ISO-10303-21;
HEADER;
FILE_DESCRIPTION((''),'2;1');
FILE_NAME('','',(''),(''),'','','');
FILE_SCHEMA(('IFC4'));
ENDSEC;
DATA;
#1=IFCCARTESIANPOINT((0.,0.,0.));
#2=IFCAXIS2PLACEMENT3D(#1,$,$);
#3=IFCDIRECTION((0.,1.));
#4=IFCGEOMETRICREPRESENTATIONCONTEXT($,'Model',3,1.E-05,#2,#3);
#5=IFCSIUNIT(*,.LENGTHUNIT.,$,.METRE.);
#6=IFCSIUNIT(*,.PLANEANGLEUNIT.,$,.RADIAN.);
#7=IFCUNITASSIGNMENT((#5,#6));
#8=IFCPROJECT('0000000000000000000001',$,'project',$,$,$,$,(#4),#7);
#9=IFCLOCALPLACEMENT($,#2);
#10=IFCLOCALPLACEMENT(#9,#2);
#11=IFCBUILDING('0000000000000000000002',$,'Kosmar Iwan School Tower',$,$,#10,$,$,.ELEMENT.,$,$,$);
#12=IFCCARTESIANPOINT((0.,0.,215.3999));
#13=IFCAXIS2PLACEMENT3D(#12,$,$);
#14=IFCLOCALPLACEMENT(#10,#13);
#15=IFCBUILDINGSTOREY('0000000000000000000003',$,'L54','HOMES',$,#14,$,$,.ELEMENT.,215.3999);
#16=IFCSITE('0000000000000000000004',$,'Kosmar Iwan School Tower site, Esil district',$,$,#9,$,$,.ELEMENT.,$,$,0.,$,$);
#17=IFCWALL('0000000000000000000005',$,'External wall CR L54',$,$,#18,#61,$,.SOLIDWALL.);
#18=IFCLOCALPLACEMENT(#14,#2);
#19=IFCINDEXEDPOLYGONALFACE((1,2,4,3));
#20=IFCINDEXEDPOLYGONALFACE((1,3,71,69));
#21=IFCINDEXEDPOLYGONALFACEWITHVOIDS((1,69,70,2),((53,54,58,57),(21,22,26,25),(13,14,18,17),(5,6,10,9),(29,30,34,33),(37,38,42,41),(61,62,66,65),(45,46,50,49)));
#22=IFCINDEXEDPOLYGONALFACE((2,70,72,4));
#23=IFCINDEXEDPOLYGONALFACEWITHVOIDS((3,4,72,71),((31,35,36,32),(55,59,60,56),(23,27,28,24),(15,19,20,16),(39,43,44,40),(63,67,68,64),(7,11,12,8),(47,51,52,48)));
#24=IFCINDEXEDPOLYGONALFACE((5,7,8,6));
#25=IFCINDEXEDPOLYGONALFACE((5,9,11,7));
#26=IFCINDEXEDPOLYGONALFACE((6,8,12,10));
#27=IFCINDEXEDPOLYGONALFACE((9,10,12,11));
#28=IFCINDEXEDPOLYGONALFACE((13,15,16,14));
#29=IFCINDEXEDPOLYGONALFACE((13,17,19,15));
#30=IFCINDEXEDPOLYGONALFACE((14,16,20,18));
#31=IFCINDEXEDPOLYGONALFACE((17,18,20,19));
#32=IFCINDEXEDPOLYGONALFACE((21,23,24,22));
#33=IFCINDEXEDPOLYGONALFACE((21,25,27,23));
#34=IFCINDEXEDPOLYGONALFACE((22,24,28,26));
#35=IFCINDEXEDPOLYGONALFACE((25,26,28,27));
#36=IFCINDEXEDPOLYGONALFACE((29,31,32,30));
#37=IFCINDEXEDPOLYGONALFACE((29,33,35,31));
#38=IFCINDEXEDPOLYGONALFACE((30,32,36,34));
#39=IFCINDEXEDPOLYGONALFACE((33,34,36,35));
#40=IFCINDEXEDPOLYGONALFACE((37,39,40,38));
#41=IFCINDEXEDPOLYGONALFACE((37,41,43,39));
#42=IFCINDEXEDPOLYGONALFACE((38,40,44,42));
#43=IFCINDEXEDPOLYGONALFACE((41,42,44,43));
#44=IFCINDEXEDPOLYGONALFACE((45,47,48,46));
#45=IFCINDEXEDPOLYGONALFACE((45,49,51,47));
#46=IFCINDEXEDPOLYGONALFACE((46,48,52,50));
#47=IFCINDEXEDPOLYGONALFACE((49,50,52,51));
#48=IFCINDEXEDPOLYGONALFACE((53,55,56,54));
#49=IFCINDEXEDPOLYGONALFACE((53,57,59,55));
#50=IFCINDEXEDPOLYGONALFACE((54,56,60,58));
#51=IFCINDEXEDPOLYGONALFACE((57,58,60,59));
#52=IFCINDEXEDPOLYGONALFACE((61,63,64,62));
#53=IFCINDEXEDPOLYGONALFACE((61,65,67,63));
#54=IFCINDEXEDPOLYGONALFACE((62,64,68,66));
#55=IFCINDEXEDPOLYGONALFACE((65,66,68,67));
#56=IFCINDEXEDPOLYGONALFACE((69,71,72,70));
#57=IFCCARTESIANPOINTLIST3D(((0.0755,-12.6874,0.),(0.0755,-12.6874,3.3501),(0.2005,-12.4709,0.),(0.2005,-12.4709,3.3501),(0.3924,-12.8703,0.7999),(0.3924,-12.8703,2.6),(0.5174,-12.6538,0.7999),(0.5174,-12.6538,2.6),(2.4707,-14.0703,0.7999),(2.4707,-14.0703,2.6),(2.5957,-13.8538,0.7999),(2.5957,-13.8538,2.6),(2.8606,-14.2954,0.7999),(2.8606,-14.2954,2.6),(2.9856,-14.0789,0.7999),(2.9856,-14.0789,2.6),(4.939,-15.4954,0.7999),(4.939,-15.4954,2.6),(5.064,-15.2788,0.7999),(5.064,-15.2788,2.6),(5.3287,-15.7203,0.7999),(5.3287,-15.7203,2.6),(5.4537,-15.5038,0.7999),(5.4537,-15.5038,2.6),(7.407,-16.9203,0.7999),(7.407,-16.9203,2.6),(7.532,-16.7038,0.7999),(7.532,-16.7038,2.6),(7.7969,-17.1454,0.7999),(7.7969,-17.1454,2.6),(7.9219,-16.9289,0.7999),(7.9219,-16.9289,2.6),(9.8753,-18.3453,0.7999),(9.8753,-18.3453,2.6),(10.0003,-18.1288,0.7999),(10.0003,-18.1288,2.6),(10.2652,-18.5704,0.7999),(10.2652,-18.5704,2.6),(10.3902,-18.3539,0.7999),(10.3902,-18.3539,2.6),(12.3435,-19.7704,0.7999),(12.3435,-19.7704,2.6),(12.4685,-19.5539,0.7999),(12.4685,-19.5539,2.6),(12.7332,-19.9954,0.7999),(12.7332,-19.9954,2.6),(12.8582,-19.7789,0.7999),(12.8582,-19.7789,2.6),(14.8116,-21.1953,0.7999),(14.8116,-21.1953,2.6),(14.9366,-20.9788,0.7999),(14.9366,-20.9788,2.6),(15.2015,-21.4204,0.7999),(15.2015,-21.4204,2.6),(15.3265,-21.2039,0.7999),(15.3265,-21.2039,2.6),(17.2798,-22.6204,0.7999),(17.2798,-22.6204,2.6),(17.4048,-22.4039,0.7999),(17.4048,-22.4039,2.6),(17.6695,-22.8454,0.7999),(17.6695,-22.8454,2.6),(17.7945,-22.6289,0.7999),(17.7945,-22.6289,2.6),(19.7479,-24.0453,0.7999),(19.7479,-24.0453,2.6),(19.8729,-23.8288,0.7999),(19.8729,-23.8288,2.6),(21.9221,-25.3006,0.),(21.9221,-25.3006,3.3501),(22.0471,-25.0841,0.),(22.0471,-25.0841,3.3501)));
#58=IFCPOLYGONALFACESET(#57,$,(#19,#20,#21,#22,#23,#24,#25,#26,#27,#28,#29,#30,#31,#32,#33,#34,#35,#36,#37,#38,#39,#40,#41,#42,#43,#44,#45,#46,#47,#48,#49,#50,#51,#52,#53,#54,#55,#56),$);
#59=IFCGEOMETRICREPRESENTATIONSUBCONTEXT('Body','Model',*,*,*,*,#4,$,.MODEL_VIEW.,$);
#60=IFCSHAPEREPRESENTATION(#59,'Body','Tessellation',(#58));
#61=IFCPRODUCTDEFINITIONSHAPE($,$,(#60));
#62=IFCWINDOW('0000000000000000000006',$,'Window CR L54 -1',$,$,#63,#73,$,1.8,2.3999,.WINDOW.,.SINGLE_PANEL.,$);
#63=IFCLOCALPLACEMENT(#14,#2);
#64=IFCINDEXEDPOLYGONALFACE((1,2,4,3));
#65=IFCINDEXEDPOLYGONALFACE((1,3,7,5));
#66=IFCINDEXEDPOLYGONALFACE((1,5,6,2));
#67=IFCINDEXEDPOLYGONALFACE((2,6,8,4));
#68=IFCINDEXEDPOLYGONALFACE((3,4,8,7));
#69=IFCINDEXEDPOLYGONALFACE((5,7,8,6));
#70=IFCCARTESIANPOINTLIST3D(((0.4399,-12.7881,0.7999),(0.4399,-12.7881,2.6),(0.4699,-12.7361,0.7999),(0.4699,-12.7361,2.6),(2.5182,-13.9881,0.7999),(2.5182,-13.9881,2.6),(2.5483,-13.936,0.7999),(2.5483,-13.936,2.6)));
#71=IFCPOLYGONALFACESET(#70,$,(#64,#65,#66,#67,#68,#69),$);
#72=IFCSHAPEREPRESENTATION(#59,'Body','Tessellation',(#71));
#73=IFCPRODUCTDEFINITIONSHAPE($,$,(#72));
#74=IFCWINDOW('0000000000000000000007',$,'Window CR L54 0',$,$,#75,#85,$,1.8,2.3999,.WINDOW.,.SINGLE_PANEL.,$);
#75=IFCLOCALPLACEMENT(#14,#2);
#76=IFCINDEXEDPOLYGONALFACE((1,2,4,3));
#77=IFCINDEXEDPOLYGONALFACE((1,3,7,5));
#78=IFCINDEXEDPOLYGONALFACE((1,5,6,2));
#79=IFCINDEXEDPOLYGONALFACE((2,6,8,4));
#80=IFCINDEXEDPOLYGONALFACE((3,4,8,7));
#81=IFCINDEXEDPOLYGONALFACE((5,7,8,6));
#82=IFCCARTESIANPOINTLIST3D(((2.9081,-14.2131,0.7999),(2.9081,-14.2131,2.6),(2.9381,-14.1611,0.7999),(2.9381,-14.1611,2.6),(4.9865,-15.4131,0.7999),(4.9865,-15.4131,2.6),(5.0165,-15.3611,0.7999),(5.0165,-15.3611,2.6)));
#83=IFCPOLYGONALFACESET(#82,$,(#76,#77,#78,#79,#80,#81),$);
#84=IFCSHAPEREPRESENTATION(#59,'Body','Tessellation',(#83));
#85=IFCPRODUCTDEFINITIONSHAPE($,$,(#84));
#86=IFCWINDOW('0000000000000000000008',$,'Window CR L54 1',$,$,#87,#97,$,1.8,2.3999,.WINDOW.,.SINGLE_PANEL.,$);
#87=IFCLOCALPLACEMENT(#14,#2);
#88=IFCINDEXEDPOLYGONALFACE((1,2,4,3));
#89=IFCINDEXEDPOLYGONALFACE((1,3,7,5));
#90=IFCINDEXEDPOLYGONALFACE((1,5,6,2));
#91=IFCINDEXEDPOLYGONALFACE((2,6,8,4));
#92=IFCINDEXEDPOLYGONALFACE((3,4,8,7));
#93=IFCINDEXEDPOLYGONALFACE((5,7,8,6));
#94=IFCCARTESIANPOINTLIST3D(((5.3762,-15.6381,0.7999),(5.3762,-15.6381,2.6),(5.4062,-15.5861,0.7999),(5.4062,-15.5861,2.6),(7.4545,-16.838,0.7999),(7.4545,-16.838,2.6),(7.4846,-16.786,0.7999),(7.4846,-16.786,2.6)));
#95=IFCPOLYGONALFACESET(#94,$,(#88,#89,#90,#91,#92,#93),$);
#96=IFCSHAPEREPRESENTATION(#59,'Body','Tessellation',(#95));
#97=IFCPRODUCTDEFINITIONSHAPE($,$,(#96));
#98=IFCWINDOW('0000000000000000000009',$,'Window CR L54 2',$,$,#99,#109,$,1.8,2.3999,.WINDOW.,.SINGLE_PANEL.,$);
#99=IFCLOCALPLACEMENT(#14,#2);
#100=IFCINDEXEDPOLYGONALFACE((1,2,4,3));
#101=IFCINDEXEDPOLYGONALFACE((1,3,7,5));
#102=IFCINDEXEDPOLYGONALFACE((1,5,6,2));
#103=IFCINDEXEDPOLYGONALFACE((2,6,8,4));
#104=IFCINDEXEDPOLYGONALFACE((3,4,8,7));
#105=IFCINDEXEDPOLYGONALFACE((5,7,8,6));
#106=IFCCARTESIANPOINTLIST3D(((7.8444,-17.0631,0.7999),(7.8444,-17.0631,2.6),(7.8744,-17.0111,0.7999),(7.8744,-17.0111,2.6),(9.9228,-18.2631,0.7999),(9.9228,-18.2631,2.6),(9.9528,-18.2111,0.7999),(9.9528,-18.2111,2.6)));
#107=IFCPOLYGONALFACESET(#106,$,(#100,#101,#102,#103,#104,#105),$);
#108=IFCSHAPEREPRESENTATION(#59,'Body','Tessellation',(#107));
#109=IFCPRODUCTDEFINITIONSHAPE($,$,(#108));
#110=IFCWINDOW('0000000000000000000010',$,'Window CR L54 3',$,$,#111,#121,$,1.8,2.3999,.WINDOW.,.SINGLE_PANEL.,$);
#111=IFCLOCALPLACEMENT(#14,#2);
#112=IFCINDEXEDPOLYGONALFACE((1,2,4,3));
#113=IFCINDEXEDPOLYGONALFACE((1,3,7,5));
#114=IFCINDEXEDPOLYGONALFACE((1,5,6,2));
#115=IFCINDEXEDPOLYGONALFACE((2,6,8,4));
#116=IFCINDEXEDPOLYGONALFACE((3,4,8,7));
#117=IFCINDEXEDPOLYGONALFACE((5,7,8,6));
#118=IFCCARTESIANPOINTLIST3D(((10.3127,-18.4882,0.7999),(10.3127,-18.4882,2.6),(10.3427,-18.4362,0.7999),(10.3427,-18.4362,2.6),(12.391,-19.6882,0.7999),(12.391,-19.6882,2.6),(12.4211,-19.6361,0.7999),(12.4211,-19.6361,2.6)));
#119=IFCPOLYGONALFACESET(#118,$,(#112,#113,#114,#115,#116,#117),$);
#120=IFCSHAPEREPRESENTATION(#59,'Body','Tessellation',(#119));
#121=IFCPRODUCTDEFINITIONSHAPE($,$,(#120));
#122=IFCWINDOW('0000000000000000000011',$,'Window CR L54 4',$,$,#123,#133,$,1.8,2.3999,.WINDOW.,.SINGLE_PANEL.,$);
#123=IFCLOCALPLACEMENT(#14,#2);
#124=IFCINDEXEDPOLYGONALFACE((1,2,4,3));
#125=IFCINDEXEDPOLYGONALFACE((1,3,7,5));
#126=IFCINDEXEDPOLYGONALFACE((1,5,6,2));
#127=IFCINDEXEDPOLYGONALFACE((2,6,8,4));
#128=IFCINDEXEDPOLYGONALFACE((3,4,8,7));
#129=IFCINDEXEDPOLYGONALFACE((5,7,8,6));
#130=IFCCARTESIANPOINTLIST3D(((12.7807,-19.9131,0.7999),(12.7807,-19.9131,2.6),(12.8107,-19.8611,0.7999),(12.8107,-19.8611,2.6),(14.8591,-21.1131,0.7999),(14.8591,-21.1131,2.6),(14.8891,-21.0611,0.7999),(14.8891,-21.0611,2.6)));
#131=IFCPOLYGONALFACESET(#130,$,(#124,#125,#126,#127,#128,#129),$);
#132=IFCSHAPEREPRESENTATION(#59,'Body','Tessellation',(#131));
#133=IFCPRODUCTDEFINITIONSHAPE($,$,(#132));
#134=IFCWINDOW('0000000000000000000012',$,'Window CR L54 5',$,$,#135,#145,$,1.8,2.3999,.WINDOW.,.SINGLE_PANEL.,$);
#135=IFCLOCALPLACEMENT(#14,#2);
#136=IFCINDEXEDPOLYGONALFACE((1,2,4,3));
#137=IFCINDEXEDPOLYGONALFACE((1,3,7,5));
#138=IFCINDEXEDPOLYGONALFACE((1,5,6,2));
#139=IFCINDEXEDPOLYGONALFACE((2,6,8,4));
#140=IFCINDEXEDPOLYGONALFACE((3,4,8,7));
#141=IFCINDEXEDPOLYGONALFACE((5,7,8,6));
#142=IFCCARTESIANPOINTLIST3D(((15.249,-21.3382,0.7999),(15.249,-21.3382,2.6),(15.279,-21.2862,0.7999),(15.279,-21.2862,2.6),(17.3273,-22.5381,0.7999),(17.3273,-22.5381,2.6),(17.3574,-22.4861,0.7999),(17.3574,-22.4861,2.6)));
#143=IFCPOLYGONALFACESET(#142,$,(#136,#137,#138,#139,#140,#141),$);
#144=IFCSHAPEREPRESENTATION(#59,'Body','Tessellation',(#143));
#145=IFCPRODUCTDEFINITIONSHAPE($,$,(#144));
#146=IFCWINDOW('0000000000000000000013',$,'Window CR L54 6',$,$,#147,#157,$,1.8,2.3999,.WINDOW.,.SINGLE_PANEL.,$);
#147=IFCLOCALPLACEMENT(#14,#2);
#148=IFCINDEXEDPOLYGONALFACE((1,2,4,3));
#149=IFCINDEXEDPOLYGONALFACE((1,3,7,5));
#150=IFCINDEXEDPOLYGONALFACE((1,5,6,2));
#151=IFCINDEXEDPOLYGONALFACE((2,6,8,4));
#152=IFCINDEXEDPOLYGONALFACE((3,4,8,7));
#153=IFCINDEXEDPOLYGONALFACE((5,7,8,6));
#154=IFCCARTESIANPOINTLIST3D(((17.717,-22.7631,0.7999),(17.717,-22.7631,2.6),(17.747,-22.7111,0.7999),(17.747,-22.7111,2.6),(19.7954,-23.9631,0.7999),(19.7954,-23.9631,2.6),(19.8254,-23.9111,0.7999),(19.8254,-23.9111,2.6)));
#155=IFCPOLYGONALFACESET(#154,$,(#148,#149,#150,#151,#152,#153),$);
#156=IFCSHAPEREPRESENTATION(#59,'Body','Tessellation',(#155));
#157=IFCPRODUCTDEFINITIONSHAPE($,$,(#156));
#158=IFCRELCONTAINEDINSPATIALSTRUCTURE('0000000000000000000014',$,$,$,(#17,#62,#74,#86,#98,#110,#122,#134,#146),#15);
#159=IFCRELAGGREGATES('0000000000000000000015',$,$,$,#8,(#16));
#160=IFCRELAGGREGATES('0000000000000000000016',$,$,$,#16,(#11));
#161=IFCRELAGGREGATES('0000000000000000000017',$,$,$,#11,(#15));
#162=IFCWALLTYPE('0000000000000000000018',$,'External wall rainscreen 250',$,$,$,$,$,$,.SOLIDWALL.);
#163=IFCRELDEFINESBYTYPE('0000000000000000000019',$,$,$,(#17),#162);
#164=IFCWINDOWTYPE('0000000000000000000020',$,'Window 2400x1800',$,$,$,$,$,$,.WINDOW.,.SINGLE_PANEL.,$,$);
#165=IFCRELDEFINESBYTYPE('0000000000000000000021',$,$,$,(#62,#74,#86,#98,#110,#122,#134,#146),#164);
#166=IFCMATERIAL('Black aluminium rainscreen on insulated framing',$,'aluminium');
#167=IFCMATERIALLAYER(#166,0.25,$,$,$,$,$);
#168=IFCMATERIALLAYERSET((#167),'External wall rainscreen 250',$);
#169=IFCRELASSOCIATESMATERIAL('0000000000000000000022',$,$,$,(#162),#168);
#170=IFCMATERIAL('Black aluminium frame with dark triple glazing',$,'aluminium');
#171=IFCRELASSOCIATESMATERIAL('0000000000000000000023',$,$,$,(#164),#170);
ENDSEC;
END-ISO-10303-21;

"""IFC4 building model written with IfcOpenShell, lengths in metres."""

from ifc_helpers import new_model, si_unit, direction, frame, frame_2d, origin, place, context, subcontext, project, spatial, rectangle, extrude, material, layer, layer_set, type_object, element, fill, save


model = new_model("IFC4")

# Units and contexts
model_context = context("Model", 3, precision=1e-05, world=origin(), true_north=direction((0.0, 1.0)))
body_context = subcontext(model_context, "Body", "Model", "MODEL_VIEW")
ifc_project = project(units=[si_unit("LENGTHUNIT", "METRE"), si_unit("PLANEANGLEUNIT", "RADIAN")], contexts=[model_context])

# Site, building, storey
site_placement = place(None, origin())
site = spatial("IfcSite", under=ifc_project, at=site_placement, Name="Kosmar Iwan School Tower site, Esil district", CompositionType="ELEMENT", RefElevation=0.0)
building_placement = place(site_placement, origin())
building = spatial("IfcBuilding", under=site, at=building_placement, Name="Kosmar Iwan School Tower", CompositionType="ELEMENT")
storey_placement = place(building_placement, frame((0.0, 0.0, 215.3999)))
storey = spatial("IfcBuildingStorey", under=building, at=storey_placement, Name="L54", Description="HOMES", CompositionType="ELEMENT", Elevation=215.3999)

# Wall, openings, windows
ifc_material_1 = material(Name="Black aluminium rainscreen on insulated framing", Category="aluminium")
ifc_layer_1 = layer(ifc_material_1, 0.25)
ifc_layer_set_1 = layer_set([ifc_layer_1], Name="External wall rainscreen 250")
wall_type_1 = type_object("IfcWallType", Name="External wall rainscreen 250", PredefinedType="SOLIDWALL", material=ifc_layer_set_1)
ifc_material_2 = material(Name="Black aluminium frame with dark triple glazing", Category="aluminium")
window_type = type_object("IfcWindowType", Name="Window 2400x1800", PartitioningType="SINGLE_PANEL", PredefinedType="WINDOW", material=ifc_material_2)
wall_1_placement = place(storey_placement, frame((0.1379, -12.5791, 0.0), z_axis=(0.0, 0.0, 1.0), x_axis=(0.866024, -0.500003, 0.0)))
wall_1 = element("IfcWall", 1, at=wall_1_placement, inside=storey, type_object=wall_type_1, Name="External wall CR L54", PredefinedType="SOLIDWALL", context=body_context, shape_type="SweptSolid", body=[
    extrude(rectangle(XDim=25.2263, YDim=0.25, at=frame_2d((12.6133, 0.0))), origin(), (0.0, 0.0, 1.0), 3.3501),
])
opening_1_placement = place(wall_1_placement, frame((0.366, 0.0, 0.8)))
opening_1 = element("IfcOpeningElement", 2, at=opening_1_placement, cuts=wall_1, PredefinedType="OPENING", context=body_context, shape_type="SweptSolid", body=[
    extrude(rectangle(XDim=2.3999, YDim=1.8, at=frame_2d((1.2, 0.8999))), frame((0.0, 0.137, 0.0), z_axis=(0.0, -1.0, 0.0), x_axis=(1.0, 0.0, 0.0)), (0.0, 0.0, 1.0), 0.2739),
])
opening_2_placement = place(wall_1_placement, frame((3.2161, 0.0, 0.8)))
opening_2 = element("IfcOpeningElement", 3, at=opening_2_placement, cuts=wall_1, PredefinedType="OPENING", context=body_context, shape_type="SweptSolid", body=[
    extrude(rectangle(XDim=2.3999, YDim=1.8, at=frame_2d((1.2, 0.8999))), frame((0.0, 0.137, 0.0), z_axis=(0.0, -1.0, 0.0), x_axis=(1.0, 0.0, 0.0)), (0.0, 0.0, 1.0), 0.2739),
])
opening_3_placement = place(wall_1_placement, frame((6.0659, 0.0, 0.8)))
opening_3 = element("IfcOpeningElement", 4, at=opening_3_placement, cuts=wall_1, PredefinedType="OPENING", context=body_context, shape_type="SweptSolid", body=[
    extrude(rectangle(XDim=2.3999, YDim=1.8, at=frame_2d((1.2, 0.8999))), frame((0.0, 0.137, 0.0), z_axis=(0.0, -1.0, 0.0), x_axis=(1.0, 0.0, 0.0)), (0.0, 0.0, 1.0), 0.2739),
])
opening_4_placement = place(wall_1_placement, frame((8.916, 0.0, 0.8)))
opening_4 = element("IfcOpeningElement", 5, at=opening_4_placement, cuts=wall_1, PredefinedType="OPENING", context=body_context, shape_type="SweptSolid", body=[
    extrude(rectangle(XDim=2.3999, YDim=1.8, at=frame_2d((1.2, 0.8999))), frame((0.0, 0.137, 0.0), z_axis=(0.0, -1.0, 0.0), x_axis=(1.0, 0.0, 0.0)), (0.0, 0.0, 1.0), 0.2739),
])
opening_5_placement = place(wall_1_placement, frame((11.7661, 0.0, 0.8)))
opening_5 = element("IfcOpeningElement", 6, at=opening_5_placement, cuts=wall_1, PredefinedType="OPENING", context=body_context, shape_type="SweptSolid", body=[
    extrude(rectangle(XDim=2.3999, YDim=1.8, at=frame_2d((1.2, 0.8999))), frame((0.0, 0.137, 0.0), z_axis=(0.0, -1.0, 0.0), x_axis=(1.0, 0.0, 0.0)), (0.0, 0.0, 1.0), 0.2739),
])
opening_6_placement = place(wall_1_placement, frame((14.616, 0.0, 0.8)))
opening_6 = element("IfcOpeningElement", 7, at=opening_6_placement, cuts=wall_1, PredefinedType="OPENING", context=body_context, shape_type="SweptSolid", body=[
    extrude(rectangle(XDim=2.3999, YDim=1.8, at=frame_2d((1.2, 0.8999))), frame((0.0, 0.137, 0.0), z_axis=(0.0, -1.0, 0.0), x_axis=(1.0, 0.0, 0.0)), (0.0, 0.0, 1.0), 0.2739),
])
opening_7_placement = place(wall_1_placement, frame((17.4661, 0.0, 0.8)))
opening_7 = element("IfcOpeningElement", 8, at=opening_7_placement, cuts=wall_1, PredefinedType="OPENING", context=body_context, shape_type="SweptSolid", body=[
    extrude(rectangle(XDim=2.3999, YDim=1.8, at=frame_2d((1.2, 0.8999))), frame((0.0, 0.137, 0.0), z_axis=(0.0, -1.0, 0.0), x_axis=(1.0, 0.0, 0.0)), (0.0, 0.0, 1.0), 0.2739),
])
opening_8_placement = place(wall_1_placement, frame((20.3159, 0.0, 0.8)))
opening_8 = element("IfcOpeningElement", 9, at=opening_8_placement, cuts=wall_1, PredefinedType="OPENING", context=body_context, shape_type="SweptSolid", body=[
    extrude(rectangle(XDim=2.3999, YDim=1.8, at=frame_2d((1.2, 0.8999))), frame((0.0, 0.137, 0.0), z_axis=(0.0, -1.0, 0.0), x_axis=(1.0, 0.0, 0.0)), (0.0, 0.0, 1.0), 0.2739),
])
window_1_placement = place(opening_1_placement, origin())
window_1 = element("IfcWindow", 10, at=window_1_placement, inside=storey, type_object=window_type, Name="Window CR L54 -1", OverallHeight=1.8, OverallWidth=2.3999, PartitioningType="SINGLE_PANEL", PredefinedType="WINDOW", context=body_context, shape_type="SweptSolid", body=[
    extrude(rectangle(XDim=2.3999, YDim=1.8, at=frame_2d((1.2, 0.8999))), frame((0.0, 0.03, 0.0), z_axis=(0.0, -1.0, 0.0), x_axis=(1.0, 0.0, 0.0)), (0.0, 0.0, 1.0), 0.0601),
])
fill(opening_1, window_1)
window_2_placement = place(opening_2_placement, origin())
window_2 = element("IfcWindow", 11, at=window_2_placement, inside=storey, type_object=window_type, Name="Window CR L54 0", OverallHeight=1.8, OverallWidth=2.3999, PartitioningType="SINGLE_PANEL", PredefinedType="WINDOW", context=body_context, shape_type="SweptSolid", body=[
    extrude(rectangle(XDim=2.3999, YDim=1.8, at=frame_2d((1.2, 0.8999))), frame((0.0, 0.03, 0.0), z_axis=(0.0, -1.0, 0.0), x_axis=(1.0, 0.0, 0.0)), (0.0, 0.0, 1.0), 0.0601),
])
fill(opening_2, window_2)
window_3_placement = place(opening_3_placement, origin())
window_3 = element("IfcWindow", 12, at=window_3_placement, inside=storey, type_object=window_type, Name="Window CR L54 1", OverallHeight=1.8, OverallWidth=2.3999, PartitioningType="SINGLE_PANEL", PredefinedType="WINDOW", context=body_context, shape_type="SweptSolid", body=[
    extrude(rectangle(XDim=2.3999, YDim=1.8, at=frame_2d((1.2, 0.8999))), frame((0.0, 0.03, 0.0), z_axis=(0.0, -1.0, 0.0), x_axis=(1.0, 0.0, 0.0)), (0.0, 0.0, 1.0), 0.0601),
])
fill(opening_3, window_3)
window_4_placement = place(opening_4_placement, origin())
window_4 = element("IfcWindow", 13, at=window_4_placement, inside=storey, type_object=window_type, Name="Window CR L54 2", OverallHeight=1.8, OverallWidth=2.3999, PartitioningType="SINGLE_PANEL", PredefinedType="WINDOW", context=body_context, shape_type="SweptSolid", body=[
    extrude(rectangle(XDim=2.3999, YDim=1.8, at=frame_2d((1.2, 0.8999))), frame((0.0, 0.03, 0.0), z_axis=(0.0, -1.0, 0.0), x_axis=(1.0, 0.0, 0.0)), (0.0, 0.0, 1.0), 0.0601),
])
fill(opening_4, window_4)
window_5_placement = place(opening_5_placement, origin())
window_5 = element("IfcWindow", 14, at=window_5_placement, inside=storey, type_object=window_type, Name="Window CR L54 3", OverallHeight=1.8, OverallWidth=2.3999, PartitioningType="SINGLE_PANEL", PredefinedType="WINDOW", context=body_context, shape_type="SweptSolid", body=[
    extrude(rectangle(XDim=2.3999, YDim=1.8, at=frame_2d((1.2, 0.8999))), frame((0.0, 0.03, 0.0), z_axis=(0.0, -1.0, 0.0), x_axis=(1.0, 0.0, 0.0)), (0.0, 0.0, 1.0), 0.0601),
])
fill(opening_5, window_5)
window_6_placement = place(opening_6_placement, origin())
window_6 = element("IfcWindow", 15, at=window_6_placement, inside=storey, type_object=window_type, Name="Window CR L54 4", OverallHeight=1.8, OverallWidth=2.3999, PartitioningType="SINGLE_PANEL", PredefinedType="WINDOW", context=body_context, shape_type="SweptSolid", body=[
    extrude(rectangle(XDim=2.3999, YDim=1.8, at=frame_2d((1.2, 0.8999))), frame((0.0, 0.03, 0.0), z_axis=(0.0, -1.0, 0.0), x_axis=(1.0, 0.0, 0.0)), (0.0, 0.0, 1.0), 0.0601),
])
fill(opening_6, window_6)
window_7_placement = place(opening_7_placement, origin())
window_7 = element("IfcWindow", 16, at=window_7_placement, inside=storey, type_object=window_type, Name="Window CR L54 5", OverallHeight=1.8, OverallWidth=2.3999, PartitioningType="SINGLE_PANEL", PredefinedType="WINDOW", context=body_context, shape_type="SweptSolid", body=[
    extrude(rectangle(XDim=2.3999, YDim=1.8, at=frame_2d((1.2, 0.8999))), frame((0.0, 0.03, 0.0), z_axis=(0.0, -1.0, 0.0), x_axis=(1.0, 0.0, 0.0)), (0.0, 0.0, 1.0), 0.0601),
])
fill(opening_7, window_7)
window_8_placement = place(opening_8_placement, origin())
window_8 = element("IfcWindow", 17, at=window_8_placement, inside=storey, type_object=window_type, Name="Window CR L54 6", OverallHeight=1.8, OverallWidth=2.3999, PartitioningType="SINGLE_PANEL", PredefinedType="WINDOW", context=body_context, shape_type="SweptSolid", body=[
    extrude(rectangle(XDim=2.3999, YDim=1.8, at=frame_2d((1.2, 0.8999))), frame((0.0, 0.03, 0.0), z_axis=(0.0, -1.0, 0.0), x_axis=(1.0, 0.0, 0.0)), (0.0, 0.0, 1.0), 0.0601),
])
fill(opening_8, window_8)

save(model, "model.ifc")
